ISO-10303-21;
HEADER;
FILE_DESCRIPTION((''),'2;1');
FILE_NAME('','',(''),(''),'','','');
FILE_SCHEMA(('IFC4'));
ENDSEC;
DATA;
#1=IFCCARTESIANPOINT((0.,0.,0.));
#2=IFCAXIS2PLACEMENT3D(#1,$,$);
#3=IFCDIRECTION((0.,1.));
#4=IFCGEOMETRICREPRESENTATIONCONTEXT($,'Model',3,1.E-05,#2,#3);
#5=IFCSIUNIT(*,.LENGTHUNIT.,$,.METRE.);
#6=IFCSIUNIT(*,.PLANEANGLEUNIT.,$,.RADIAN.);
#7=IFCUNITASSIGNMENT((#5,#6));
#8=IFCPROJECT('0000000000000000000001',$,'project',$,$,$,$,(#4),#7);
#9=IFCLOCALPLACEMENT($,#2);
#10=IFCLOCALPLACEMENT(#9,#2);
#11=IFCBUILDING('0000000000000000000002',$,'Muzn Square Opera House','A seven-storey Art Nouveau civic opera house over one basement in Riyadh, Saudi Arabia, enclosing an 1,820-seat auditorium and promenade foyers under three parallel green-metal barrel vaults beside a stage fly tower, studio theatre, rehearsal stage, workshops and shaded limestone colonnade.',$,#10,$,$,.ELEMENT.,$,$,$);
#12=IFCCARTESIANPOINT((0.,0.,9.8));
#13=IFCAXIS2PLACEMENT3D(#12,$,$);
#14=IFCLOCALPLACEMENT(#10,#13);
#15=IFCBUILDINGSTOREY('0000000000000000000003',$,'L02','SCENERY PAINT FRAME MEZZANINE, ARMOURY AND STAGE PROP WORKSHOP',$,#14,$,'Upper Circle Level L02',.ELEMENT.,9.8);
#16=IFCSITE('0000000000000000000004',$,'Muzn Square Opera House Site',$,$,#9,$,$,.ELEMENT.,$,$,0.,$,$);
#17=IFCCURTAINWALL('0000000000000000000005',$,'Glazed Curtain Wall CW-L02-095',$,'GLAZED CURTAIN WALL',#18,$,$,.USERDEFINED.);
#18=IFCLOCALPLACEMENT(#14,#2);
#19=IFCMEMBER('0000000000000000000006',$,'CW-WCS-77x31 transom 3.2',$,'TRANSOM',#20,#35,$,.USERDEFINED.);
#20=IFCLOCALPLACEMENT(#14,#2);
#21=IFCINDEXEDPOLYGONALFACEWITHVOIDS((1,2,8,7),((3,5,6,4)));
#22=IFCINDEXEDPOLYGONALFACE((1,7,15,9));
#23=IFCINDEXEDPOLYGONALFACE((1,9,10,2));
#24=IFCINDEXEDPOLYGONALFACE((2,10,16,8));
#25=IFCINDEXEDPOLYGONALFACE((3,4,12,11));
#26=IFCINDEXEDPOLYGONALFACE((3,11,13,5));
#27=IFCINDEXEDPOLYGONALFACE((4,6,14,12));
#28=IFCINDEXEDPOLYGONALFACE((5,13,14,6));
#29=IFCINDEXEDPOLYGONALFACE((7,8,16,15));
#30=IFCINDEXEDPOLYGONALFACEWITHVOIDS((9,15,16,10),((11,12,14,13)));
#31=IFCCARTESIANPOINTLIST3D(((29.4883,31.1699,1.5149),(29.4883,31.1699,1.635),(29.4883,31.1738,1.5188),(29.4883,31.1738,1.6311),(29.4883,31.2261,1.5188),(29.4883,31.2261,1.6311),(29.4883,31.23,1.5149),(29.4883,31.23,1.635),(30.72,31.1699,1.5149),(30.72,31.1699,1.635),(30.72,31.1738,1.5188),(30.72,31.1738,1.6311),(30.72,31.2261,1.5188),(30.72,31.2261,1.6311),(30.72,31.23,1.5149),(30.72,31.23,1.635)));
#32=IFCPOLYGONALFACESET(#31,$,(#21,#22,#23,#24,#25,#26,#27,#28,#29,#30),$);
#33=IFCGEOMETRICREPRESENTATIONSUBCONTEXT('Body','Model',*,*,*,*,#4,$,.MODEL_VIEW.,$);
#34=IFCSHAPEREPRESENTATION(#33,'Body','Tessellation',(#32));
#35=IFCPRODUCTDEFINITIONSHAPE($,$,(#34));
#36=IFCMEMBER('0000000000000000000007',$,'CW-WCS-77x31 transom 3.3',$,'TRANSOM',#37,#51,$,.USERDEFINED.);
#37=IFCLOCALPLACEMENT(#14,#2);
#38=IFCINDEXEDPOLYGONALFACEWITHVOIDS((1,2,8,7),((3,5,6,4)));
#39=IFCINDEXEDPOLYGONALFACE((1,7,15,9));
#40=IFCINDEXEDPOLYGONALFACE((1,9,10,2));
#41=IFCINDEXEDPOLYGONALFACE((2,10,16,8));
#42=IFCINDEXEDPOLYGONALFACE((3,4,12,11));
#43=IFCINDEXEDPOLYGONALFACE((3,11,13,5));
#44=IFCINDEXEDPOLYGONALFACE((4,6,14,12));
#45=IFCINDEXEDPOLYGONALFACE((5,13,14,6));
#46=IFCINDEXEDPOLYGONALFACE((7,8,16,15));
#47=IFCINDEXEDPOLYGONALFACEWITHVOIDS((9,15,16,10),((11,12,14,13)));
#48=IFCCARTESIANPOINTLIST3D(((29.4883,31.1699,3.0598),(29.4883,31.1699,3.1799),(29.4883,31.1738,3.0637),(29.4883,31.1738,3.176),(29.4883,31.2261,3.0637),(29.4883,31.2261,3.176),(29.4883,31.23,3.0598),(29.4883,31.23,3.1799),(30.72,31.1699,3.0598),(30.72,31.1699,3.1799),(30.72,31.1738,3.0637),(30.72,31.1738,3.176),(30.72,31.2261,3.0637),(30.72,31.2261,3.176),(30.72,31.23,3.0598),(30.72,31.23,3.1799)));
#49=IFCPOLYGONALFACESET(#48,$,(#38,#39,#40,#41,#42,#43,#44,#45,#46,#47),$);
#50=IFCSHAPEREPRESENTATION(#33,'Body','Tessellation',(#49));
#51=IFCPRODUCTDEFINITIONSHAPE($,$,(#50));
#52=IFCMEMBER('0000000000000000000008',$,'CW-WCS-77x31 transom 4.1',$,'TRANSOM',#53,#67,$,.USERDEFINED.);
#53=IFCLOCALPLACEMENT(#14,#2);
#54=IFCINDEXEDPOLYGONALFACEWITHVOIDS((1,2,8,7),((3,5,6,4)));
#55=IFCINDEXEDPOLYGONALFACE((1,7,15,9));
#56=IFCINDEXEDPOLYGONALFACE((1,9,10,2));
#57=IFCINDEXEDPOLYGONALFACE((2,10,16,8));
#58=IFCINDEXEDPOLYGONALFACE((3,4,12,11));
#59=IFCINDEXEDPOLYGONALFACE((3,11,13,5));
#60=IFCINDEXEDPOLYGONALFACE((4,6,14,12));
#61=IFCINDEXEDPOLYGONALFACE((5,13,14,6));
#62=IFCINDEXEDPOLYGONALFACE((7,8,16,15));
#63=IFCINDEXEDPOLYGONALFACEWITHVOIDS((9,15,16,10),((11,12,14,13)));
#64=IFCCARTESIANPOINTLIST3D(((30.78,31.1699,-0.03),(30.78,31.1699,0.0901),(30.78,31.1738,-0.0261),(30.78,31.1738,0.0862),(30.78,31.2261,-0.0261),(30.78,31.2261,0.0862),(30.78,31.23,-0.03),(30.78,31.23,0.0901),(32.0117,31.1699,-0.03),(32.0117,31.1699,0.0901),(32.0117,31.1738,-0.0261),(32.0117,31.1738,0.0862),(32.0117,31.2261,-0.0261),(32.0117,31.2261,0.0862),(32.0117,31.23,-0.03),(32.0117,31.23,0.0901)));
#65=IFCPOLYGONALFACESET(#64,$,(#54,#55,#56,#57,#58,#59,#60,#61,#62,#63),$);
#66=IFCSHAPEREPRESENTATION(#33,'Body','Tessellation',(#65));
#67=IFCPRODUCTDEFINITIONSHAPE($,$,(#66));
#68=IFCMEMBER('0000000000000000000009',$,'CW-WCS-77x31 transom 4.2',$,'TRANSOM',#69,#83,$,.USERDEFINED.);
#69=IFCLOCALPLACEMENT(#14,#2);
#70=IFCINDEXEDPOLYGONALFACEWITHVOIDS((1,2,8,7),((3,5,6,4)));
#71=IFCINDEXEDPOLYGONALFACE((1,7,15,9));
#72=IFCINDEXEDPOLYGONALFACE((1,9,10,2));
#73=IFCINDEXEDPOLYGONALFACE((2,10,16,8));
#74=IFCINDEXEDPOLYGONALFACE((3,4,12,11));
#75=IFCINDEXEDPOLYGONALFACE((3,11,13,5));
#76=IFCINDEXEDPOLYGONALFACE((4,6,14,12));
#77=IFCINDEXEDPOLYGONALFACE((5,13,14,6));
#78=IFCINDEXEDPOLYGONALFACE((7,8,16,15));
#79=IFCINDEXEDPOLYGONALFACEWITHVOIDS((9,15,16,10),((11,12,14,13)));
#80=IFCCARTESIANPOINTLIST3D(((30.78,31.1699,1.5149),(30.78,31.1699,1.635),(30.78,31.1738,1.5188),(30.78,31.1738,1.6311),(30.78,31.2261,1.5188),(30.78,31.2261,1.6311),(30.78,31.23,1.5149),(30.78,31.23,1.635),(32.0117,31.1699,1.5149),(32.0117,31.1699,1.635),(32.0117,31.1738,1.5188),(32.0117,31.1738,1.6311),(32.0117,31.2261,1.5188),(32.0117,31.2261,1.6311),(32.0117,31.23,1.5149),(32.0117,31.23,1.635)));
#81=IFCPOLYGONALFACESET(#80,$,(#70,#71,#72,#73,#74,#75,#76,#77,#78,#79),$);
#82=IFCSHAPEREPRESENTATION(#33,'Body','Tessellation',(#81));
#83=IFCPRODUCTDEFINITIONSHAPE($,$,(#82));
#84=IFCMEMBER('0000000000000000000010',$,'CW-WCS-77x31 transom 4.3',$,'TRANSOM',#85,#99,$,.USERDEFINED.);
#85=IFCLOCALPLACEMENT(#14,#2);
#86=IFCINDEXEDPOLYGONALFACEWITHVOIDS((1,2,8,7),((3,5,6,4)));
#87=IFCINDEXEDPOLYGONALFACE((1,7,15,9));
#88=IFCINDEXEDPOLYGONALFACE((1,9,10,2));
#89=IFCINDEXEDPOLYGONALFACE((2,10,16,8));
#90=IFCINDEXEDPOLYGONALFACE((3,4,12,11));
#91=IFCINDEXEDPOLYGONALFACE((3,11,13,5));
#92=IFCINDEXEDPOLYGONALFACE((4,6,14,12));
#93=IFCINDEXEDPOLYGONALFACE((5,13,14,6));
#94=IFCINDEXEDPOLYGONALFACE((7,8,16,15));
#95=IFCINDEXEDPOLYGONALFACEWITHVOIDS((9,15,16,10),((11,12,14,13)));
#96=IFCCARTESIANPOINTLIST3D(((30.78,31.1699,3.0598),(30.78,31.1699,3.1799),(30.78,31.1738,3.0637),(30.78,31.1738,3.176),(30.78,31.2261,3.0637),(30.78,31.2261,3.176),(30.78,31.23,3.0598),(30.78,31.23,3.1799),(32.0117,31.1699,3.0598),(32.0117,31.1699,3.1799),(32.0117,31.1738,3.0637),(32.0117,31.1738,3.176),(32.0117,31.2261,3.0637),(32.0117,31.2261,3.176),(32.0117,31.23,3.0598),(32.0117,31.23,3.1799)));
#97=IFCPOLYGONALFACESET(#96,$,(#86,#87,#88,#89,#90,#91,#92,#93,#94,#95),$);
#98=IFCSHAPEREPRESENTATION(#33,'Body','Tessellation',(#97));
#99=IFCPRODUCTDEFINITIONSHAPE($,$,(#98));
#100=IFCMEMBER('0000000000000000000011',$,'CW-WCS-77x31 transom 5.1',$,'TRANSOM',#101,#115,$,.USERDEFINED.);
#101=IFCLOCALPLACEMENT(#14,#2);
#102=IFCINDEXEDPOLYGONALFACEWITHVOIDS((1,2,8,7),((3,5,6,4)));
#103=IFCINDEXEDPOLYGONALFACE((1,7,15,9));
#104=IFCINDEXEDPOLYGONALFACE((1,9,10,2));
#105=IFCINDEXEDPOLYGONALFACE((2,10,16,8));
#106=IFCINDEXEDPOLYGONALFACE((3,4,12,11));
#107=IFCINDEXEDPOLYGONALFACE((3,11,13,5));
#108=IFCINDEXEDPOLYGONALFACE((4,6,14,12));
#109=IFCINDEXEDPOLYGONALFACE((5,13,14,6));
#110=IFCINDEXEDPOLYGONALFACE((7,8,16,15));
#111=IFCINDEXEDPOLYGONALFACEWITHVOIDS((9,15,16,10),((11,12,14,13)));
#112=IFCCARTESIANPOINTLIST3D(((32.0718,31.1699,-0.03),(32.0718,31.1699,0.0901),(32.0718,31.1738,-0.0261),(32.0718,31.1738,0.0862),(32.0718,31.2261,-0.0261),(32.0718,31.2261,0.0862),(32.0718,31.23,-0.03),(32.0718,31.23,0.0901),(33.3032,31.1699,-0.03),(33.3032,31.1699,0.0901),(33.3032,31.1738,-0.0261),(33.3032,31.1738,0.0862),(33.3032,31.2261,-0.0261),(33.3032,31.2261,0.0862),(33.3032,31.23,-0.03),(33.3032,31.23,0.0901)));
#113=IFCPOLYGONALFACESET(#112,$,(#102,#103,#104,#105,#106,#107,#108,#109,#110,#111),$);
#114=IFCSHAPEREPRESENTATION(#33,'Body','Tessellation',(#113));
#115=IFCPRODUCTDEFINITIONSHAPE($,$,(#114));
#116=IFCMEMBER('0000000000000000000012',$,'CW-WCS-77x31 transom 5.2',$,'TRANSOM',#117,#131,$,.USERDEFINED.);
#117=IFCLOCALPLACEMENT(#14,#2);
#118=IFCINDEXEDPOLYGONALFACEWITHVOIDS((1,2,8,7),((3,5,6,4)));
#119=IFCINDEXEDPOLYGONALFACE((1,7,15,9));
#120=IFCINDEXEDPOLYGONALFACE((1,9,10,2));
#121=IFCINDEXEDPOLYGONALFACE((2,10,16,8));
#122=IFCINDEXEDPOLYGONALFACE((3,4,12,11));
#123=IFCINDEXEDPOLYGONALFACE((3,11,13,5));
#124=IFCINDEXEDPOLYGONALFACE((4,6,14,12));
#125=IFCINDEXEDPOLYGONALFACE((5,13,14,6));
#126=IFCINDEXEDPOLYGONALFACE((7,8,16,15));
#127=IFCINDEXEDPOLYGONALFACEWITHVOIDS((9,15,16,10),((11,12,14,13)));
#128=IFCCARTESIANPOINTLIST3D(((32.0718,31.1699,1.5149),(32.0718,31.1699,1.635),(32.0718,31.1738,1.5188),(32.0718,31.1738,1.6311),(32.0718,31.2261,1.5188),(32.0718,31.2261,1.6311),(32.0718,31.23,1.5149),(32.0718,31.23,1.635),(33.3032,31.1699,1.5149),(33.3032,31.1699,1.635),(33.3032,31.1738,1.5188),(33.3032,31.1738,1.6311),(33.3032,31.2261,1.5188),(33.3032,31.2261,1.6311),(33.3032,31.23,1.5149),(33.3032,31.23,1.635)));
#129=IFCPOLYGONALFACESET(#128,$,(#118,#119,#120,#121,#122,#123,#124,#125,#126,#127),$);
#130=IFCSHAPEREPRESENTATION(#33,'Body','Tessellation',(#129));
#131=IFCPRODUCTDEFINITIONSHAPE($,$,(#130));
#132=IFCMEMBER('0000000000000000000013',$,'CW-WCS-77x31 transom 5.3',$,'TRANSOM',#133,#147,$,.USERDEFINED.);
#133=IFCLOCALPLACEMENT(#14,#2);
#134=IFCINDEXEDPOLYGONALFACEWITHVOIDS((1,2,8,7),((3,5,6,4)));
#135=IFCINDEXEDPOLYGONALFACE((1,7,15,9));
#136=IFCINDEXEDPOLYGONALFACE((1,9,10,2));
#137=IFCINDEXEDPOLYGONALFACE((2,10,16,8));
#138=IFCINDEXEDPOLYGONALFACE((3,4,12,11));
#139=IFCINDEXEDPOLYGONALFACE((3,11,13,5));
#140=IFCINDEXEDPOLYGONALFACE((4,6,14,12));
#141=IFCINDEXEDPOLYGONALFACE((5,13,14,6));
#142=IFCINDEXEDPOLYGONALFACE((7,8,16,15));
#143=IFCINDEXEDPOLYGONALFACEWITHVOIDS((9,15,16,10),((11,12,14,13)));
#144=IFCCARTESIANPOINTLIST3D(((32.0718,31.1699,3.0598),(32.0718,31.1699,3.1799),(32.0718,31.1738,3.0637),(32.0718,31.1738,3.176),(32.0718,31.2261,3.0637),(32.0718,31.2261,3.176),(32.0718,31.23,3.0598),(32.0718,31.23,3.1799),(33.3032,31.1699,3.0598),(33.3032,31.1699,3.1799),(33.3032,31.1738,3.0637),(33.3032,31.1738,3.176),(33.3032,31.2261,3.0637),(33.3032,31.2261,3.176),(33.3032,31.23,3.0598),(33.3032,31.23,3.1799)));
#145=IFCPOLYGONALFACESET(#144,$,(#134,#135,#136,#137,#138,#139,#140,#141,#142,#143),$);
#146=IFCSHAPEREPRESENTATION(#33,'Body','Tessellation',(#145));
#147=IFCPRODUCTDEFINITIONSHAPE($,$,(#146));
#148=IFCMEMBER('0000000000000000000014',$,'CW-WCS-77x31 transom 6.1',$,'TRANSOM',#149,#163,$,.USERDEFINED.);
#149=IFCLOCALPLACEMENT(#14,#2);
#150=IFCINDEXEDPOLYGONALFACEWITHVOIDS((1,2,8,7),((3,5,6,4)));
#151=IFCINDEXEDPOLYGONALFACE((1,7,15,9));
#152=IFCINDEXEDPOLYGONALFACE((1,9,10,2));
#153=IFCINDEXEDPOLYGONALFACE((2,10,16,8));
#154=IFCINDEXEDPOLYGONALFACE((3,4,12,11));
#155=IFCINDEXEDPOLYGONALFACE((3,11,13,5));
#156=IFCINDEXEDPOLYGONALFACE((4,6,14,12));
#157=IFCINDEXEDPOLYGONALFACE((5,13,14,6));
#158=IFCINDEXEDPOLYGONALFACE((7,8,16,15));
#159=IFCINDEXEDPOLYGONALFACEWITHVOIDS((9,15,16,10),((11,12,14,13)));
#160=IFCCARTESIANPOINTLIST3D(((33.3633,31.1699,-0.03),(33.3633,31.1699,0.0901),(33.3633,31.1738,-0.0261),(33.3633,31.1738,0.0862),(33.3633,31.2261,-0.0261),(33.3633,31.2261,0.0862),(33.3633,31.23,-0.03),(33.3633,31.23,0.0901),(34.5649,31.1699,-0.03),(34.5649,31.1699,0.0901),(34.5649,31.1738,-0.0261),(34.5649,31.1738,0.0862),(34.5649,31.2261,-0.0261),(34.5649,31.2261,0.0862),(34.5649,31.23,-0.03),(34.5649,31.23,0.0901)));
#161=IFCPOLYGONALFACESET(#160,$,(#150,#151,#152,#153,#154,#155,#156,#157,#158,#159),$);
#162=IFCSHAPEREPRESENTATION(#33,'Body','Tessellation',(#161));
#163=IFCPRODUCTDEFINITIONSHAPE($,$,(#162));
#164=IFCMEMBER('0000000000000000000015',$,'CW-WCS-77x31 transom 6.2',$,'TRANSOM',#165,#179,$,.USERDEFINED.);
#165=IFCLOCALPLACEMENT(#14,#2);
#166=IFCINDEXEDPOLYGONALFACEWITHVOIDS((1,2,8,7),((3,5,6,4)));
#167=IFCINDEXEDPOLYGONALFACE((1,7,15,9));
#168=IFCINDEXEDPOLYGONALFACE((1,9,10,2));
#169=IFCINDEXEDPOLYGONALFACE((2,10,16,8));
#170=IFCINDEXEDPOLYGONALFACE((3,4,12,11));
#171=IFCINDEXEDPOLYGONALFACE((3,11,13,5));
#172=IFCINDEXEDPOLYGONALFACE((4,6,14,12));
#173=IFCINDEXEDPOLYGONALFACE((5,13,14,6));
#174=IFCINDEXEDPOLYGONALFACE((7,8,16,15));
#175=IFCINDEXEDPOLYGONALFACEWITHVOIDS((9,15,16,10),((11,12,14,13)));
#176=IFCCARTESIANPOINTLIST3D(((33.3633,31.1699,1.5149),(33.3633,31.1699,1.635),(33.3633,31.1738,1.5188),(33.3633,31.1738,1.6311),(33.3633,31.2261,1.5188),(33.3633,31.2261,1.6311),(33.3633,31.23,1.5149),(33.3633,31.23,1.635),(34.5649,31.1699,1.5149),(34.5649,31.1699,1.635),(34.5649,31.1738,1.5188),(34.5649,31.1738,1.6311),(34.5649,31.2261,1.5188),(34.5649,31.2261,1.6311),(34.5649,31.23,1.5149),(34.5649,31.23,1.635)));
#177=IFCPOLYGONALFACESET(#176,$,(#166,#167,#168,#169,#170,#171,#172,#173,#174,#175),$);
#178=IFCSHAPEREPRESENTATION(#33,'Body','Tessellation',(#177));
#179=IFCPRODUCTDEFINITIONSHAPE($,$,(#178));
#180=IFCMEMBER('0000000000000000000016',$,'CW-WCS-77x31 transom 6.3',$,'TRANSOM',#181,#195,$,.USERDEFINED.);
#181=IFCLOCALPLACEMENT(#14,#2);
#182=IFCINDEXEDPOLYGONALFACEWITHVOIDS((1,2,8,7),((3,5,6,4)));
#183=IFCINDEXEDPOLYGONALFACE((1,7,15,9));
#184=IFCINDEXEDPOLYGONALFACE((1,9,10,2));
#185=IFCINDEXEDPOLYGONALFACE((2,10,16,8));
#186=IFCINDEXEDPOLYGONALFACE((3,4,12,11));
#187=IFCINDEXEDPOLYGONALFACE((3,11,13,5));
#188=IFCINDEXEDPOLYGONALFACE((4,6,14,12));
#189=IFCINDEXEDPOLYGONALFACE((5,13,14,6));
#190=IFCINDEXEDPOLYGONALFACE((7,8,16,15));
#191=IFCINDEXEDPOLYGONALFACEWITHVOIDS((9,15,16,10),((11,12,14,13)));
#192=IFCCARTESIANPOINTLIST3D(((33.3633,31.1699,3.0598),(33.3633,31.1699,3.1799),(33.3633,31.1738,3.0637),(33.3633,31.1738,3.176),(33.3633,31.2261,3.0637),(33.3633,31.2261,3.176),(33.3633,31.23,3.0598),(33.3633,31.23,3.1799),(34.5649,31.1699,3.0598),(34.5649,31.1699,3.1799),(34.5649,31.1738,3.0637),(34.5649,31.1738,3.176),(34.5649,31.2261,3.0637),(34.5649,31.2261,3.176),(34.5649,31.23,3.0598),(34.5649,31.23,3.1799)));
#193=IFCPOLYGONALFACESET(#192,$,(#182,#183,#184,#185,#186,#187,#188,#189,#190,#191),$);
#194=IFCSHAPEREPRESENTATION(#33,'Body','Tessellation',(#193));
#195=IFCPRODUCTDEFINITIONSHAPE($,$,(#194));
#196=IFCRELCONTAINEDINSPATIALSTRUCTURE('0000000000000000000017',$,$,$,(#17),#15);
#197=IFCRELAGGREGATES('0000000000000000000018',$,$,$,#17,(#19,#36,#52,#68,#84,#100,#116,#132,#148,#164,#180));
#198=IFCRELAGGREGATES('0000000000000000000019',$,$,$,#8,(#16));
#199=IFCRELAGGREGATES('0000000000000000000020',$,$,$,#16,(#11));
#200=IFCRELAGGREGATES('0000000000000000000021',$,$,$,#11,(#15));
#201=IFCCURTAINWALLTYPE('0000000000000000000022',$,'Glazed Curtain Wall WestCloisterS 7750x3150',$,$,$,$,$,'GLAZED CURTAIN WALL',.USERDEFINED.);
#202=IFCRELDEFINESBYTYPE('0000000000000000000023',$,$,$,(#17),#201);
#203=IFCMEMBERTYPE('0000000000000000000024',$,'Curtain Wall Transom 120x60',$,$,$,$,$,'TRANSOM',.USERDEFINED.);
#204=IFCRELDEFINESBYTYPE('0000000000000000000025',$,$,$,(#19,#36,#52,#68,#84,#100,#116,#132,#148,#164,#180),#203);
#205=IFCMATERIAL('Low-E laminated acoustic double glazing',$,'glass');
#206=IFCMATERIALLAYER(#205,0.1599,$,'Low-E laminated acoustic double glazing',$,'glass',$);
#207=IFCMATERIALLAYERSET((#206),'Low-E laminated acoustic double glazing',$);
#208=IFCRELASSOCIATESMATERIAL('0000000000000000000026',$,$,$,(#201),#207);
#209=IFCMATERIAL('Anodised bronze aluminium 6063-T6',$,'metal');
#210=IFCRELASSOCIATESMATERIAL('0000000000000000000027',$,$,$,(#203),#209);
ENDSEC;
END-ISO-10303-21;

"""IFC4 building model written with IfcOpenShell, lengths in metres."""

from ifc_helpers import new_model, si_unit, direction, frame, origin, origin_2d, place, context, subcontext, project, spatial, hollow_rectangle, extrude, material, layer, layer_set, material_profile, profile_set, type_object, element, aggregate, save


model = new_model("IFC4")

# Units and contexts
model_context = context("Model", 3, precision=1e-05, world=origin(), true_north=direction((0.0, 1.0)))
body_context = subcontext(model_context, "Body", "Model", "MODEL_VIEW")
ifc_project = project(units=[si_unit("LENGTHUNIT", "METRE"), si_unit("PLANEANGLEUNIT", "RADIAN")], contexts=[model_context])

# Site, building, storey
site_placement = place(None, origin())
site = spatial("IfcSite", under=ifc_project, at=site_placement, Name="Muzn Square Opera House Site", CompositionType="ELEMENT", RefElevation=0.0)
building_placement = place(site_placement, origin())
building = spatial("IfcBuilding", under=site, at=building_placement, Name="Muzn Square Opera House", Description="A seven-storey Art Nouveau civic opera house over one basement in Riyadh, Saudi Arabia, enclosing an 1,820-seat auditorium and promenade foyers under three parallel green-metal barrel vaults beside a stage fly tower, studio theatre, rehearsal stage, workshops and shaded limestone colonnade.", CompositionType="ELEMENT")
storey_placement = place(building_placement, frame((0.0, 0.0, 9.8)))
storey = spatial("IfcBuildingStorey", under=building, at=storey_placement, Name="L02", Description="SCENERY PAINT FRAME MEZZANINE, ARMOURY AND STAGE PROP WORKSHOP", LongName="Upper Circle Level L02", CompositionType="ELEMENT", Elevation=9.8)

# Curtain wall
ifc_material_1 = material(Name="Low-E laminated acoustic double glazing", Category="glass")
ifc_layer_1 = layer(ifc_material_1, 0.1599, Name="Low-E laminated acoustic double glazing", Category="glass")
ifc_layer_set_1 = layer_set([ifc_layer_1], Name="Low-E laminated acoustic double glazing")
curtain_wall_type_1 = type_object("IfcCurtainWallType", Name="Glazed Curtain Wall WestCloisterS 7750x3150", ElementType="GLAZED CURTAIN WALL", PredefinedType="USERDEFINED", material=ifc_layer_set_1)
curtain_wall_1_placement = place(storey_placement, origin())
curtain_wall_1 = element("IfcCurtainWall", 1, at=curtain_wall_1_placement, inside=storey, type_object=curtain_wall_type_1, Name="Glazed Curtain Wall CW-L02-095", ObjectType="GLAZED CURTAIN WALL", PredefinedType="USERDEFINED")
ifc_material_2 = material(Name="Anodised bronze aluminium 6063-T6", Category="metal")

# Members
ifc_material_profile_1 = material_profile(ifc_material_2, hollow_rectangle(XDim=0.0601, YDim=0.1201, WallThickness=0.0039, at=origin_2d()), Name="ALU 120x60x4", Category="metal")
ifc_profile_set_1 = profile_set([ifc_material_profile_1], Name="Anodised bronze aluminium 6063-T6")
member_type_1 = type_object("IfcMemberType", Name="Curtain Wall Transom 120x60", ElementType="TRANSOM", PredefinedType="USERDEFINED", material=ifc_profile_set_1)
member_1_placement = place(storey_placement, frame((29.4883, 31.2, 1.575), z_axis=(1.0, 0.0, 0.0), x_axis=(0.0, 1.0, 0.0)))
member_1 = element("IfcMember", 2, at=member_1_placement, type_object=member_type_1, Name="CW-WCS-77x31 transom 3.2", ObjectType="TRANSOM", PredefinedType="USERDEFINED", context=body_context, shape_type="SweptSolid", body=[
    extrude(hollow_rectangle(XDim=0.0601, YDim=0.1201, WallThickness=0.0039, at=origin_2d()), origin(), (0.0, 0.0, 1.0), 1.2317),
])
member_2_placement = place(storey_placement, frame((29.4883, 31.2, 3.1199), z_axis=(1.0, 0.0, 0.0), x_axis=(0.0, 1.0, 0.0)))
member_2 = element("IfcMember", 3, at=member_2_placement, type_object=member_type_1, Name="CW-WCS-77x31 transom 3.3", ObjectType="TRANSOM", PredefinedType="USERDEFINED", context=body_context, shape_type="SweptSolid", body=[
    extrude(hollow_rectangle(XDim=0.0601, YDim=0.1201, WallThickness=0.0039, at=origin_2d()), origin(), (0.0, 0.0, 1.0), 1.2317),
])
member_3_placement = place(storey_placement, frame((30.78, 31.2, 0.03), z_axis=(1.0, 0.0, 0.0), x_axis=(0.0, 1.0, 0.0)))
member_3 = element("IfcMember", 4, at=member_3_placement, type_object=member_type_1, Name="CW-WCS-77x31 transom 4.1", ObjectType="TRANSOM", PredefinedType="USERDEFINED", context=body_context, shape_type="SweptSolid", body=[
    extrude(hollow_rectangle(XDim=0.0601, YDim=0.1201, WallThickness=0.0039, at=origin_2d()), origin(), (0.0, 0.0, 1.0), 1.2317),
])
member_4_placement = place(storey_placement, frame((30.78, 31.2, 1.575), z_axis=(1.0, 0.0, 0.0), x_axis=(0.0, 1.0, 0.0)))
member_4 = element("IfcMember", 5, at=member_4_placement, type_object=member_type_1, Name="CW-WCS-77x31 transom 4.2", ObjectType="TRANSOM", PredefinedType="USERDEFINED", context=body_context, shape_type="SweptSolid", body=[
    extrude(hollow_rectangle(XDim=0.0601, YDim=0.1201, WallThickness=0.0039, at=origin_2d()), origin(), (0.0, 0.0, 1.0), 1.2317),
])
member_5_placement = place(storey_placement, frame((30.78, 31.2, 3.1199), z_axis=(1.0, 0.0, 0.0), x_axis=(0.0, 1.0, 0.0)))
member_5 = element("IfcMember", 6, at=member_5_placement, type_object=member_type_1, Name="CW-WCS-77x31 transom 4.3", ObjectType="TRANSOM", PredefinedType="USERDEFINED", context=body_context, shape_type="SweptSolid", body=[
    extrude(hollow_rectangle(XDim=0.0601, YDim=0.1201, WallThickness=0.0039, at=origin_2d()), origin(), (0.0, 0.0, 1.0), 1.2317),
])
member_6_placement = place(storey_placement, frame((32.0718, 31.2, 0.03), z_axis=(1.0, 0.0, 0.0), x_axis=(0.0, 1.0, 0.0)))
member_6 = element("IfcMember", 7, at=member_6_placement, type_object=member_type_1, Name="CW-WCS-77x31 transom 5.1", ObjectType="TRANSOM", PredefinedType="USERDEFINED", context=body_context, shape_type="SweptSolid", body=[
    extrude(hollow_rectangle(XDim=0.0601, YDim=0.1201, WallThickness=0.0039, at=origin_2d()), origin(), (0.0, 0.0, 1.0), 1.2314),
])
member_7_placement = place(storey_placement, frame((32.0718, 31.2, 1.575), z_axis=(1.0, 0.0, 0.0), x_axis=(0.0, 1.0, 0.0)))
member_7 = element("IfcMember", 8, at=member_7_placement, type_object=member_type_1, Name="CW-WCS-77x31 transom 5.2", ObjectType="TRANSOM", PredefinedType="USERDEFINED", context=body_context, shape_type="SweptSolid", body=[
    extrude(hollow_rectangle(XDim=0.0601, YDim=0.1201, WallThickness=0.0039, at=origin_2d()), origin(), (0.0, 0.0, 1.0), 1.2314),
])
member_8_placement = place(storey_placement, frame((32.0718, 31.2, 3.1199), z_axis=(1.0, 0.0, 0.0), x_axis=(0.0, 1.0, 0.0)))
member_8 = element("IfcMember", 9, at=member_8_placement, type_object=member_type_1, Name="CW-WCS-77x31 transom 5.3", ObjectType="TRANSOM", PredefinedType="USERDEFINED", context=body_context, shape_type="SweptSolid", body=[
    extrude(hollow_rectangle(XDim=0.0601, YDim=0.1201, WallThickness=0.0039, at=origin_2d()), origin(), (0.0, 0.0, 1.0), 1.2314),
])
member_9_placement = place(storey_placement, frame((33.3633, 31.2, 0.03), z_axis=(1.0, 0.0, 0.0), x_axis=(0.0, 1.0, 0.0)))
member_9 = element("IfcMember", 10, at=member_9_placement, type_object=member_type_1, Name="CW-WCS-77x31 transom 6.1", ObjectType="TRANSOM", PredefinedType="USERDEFINED", context=body_context, shape_type="SweptSolid", body=[
    extrude(hollow_rectangle(XDim=0.0601, YDim=0.1201, WallThickness=0.0039, at=origin_2d()), origin(), (0.0, 0.0, 1.0), 1.2017),
])
member_10_placement = place(storey_placement, frame((33.3633, 31.2, 1.575), z_axis=(1.0, 0.0, 0.0), x_axis=(0.0, 1.0, 0.0)))
member_10 = element("IfcMember", 11, at=member_10_placement, type_object=member_type_1, Name="CW-WCS-77x31 transom 6.2", ObjectType="TRANSOM", PredefinedType="USERDEFINED", context=body_context, shape_type="SweptSolid", body=[
    extrude(hollow_rectangle(XDim=0.0601, YDim=0.1201, WallThickness=0.0039, at=origin_2d()), origin(), (0.0, 0.0, 1.0), 1.2017),
])
member_11_placement = place(storey_placement, frame((33.3633, 31.2, 3.1199), z_axis=(1.0, 0.0, 0.0), x_axis=(0.0, 1.0, 0.0)))
member_11 = element("IfcMember", 12, at=member_11_placement, type_object=member_type_1, Name="CW-WCS-77x31 transom 6.3", ObjectType="TRANSOM", PredefinedType="USERDEFINED", context=body_context, shape_type="SweptSolid", body=[
    extrude(hollow_rectangle(XDim=0.0601, YDim=0.1201, WallThickness=0.0039, at=origin_2d()), origin(), (0.0, 0.0, 1.0), 1.2017),
])

aggregate(curtain_wall_1, [member_1, member_2, member_3, member_4, member_5, member_6, member_7, member_8, member_9, member_10, member_11])

save(model, "model.ifc")
